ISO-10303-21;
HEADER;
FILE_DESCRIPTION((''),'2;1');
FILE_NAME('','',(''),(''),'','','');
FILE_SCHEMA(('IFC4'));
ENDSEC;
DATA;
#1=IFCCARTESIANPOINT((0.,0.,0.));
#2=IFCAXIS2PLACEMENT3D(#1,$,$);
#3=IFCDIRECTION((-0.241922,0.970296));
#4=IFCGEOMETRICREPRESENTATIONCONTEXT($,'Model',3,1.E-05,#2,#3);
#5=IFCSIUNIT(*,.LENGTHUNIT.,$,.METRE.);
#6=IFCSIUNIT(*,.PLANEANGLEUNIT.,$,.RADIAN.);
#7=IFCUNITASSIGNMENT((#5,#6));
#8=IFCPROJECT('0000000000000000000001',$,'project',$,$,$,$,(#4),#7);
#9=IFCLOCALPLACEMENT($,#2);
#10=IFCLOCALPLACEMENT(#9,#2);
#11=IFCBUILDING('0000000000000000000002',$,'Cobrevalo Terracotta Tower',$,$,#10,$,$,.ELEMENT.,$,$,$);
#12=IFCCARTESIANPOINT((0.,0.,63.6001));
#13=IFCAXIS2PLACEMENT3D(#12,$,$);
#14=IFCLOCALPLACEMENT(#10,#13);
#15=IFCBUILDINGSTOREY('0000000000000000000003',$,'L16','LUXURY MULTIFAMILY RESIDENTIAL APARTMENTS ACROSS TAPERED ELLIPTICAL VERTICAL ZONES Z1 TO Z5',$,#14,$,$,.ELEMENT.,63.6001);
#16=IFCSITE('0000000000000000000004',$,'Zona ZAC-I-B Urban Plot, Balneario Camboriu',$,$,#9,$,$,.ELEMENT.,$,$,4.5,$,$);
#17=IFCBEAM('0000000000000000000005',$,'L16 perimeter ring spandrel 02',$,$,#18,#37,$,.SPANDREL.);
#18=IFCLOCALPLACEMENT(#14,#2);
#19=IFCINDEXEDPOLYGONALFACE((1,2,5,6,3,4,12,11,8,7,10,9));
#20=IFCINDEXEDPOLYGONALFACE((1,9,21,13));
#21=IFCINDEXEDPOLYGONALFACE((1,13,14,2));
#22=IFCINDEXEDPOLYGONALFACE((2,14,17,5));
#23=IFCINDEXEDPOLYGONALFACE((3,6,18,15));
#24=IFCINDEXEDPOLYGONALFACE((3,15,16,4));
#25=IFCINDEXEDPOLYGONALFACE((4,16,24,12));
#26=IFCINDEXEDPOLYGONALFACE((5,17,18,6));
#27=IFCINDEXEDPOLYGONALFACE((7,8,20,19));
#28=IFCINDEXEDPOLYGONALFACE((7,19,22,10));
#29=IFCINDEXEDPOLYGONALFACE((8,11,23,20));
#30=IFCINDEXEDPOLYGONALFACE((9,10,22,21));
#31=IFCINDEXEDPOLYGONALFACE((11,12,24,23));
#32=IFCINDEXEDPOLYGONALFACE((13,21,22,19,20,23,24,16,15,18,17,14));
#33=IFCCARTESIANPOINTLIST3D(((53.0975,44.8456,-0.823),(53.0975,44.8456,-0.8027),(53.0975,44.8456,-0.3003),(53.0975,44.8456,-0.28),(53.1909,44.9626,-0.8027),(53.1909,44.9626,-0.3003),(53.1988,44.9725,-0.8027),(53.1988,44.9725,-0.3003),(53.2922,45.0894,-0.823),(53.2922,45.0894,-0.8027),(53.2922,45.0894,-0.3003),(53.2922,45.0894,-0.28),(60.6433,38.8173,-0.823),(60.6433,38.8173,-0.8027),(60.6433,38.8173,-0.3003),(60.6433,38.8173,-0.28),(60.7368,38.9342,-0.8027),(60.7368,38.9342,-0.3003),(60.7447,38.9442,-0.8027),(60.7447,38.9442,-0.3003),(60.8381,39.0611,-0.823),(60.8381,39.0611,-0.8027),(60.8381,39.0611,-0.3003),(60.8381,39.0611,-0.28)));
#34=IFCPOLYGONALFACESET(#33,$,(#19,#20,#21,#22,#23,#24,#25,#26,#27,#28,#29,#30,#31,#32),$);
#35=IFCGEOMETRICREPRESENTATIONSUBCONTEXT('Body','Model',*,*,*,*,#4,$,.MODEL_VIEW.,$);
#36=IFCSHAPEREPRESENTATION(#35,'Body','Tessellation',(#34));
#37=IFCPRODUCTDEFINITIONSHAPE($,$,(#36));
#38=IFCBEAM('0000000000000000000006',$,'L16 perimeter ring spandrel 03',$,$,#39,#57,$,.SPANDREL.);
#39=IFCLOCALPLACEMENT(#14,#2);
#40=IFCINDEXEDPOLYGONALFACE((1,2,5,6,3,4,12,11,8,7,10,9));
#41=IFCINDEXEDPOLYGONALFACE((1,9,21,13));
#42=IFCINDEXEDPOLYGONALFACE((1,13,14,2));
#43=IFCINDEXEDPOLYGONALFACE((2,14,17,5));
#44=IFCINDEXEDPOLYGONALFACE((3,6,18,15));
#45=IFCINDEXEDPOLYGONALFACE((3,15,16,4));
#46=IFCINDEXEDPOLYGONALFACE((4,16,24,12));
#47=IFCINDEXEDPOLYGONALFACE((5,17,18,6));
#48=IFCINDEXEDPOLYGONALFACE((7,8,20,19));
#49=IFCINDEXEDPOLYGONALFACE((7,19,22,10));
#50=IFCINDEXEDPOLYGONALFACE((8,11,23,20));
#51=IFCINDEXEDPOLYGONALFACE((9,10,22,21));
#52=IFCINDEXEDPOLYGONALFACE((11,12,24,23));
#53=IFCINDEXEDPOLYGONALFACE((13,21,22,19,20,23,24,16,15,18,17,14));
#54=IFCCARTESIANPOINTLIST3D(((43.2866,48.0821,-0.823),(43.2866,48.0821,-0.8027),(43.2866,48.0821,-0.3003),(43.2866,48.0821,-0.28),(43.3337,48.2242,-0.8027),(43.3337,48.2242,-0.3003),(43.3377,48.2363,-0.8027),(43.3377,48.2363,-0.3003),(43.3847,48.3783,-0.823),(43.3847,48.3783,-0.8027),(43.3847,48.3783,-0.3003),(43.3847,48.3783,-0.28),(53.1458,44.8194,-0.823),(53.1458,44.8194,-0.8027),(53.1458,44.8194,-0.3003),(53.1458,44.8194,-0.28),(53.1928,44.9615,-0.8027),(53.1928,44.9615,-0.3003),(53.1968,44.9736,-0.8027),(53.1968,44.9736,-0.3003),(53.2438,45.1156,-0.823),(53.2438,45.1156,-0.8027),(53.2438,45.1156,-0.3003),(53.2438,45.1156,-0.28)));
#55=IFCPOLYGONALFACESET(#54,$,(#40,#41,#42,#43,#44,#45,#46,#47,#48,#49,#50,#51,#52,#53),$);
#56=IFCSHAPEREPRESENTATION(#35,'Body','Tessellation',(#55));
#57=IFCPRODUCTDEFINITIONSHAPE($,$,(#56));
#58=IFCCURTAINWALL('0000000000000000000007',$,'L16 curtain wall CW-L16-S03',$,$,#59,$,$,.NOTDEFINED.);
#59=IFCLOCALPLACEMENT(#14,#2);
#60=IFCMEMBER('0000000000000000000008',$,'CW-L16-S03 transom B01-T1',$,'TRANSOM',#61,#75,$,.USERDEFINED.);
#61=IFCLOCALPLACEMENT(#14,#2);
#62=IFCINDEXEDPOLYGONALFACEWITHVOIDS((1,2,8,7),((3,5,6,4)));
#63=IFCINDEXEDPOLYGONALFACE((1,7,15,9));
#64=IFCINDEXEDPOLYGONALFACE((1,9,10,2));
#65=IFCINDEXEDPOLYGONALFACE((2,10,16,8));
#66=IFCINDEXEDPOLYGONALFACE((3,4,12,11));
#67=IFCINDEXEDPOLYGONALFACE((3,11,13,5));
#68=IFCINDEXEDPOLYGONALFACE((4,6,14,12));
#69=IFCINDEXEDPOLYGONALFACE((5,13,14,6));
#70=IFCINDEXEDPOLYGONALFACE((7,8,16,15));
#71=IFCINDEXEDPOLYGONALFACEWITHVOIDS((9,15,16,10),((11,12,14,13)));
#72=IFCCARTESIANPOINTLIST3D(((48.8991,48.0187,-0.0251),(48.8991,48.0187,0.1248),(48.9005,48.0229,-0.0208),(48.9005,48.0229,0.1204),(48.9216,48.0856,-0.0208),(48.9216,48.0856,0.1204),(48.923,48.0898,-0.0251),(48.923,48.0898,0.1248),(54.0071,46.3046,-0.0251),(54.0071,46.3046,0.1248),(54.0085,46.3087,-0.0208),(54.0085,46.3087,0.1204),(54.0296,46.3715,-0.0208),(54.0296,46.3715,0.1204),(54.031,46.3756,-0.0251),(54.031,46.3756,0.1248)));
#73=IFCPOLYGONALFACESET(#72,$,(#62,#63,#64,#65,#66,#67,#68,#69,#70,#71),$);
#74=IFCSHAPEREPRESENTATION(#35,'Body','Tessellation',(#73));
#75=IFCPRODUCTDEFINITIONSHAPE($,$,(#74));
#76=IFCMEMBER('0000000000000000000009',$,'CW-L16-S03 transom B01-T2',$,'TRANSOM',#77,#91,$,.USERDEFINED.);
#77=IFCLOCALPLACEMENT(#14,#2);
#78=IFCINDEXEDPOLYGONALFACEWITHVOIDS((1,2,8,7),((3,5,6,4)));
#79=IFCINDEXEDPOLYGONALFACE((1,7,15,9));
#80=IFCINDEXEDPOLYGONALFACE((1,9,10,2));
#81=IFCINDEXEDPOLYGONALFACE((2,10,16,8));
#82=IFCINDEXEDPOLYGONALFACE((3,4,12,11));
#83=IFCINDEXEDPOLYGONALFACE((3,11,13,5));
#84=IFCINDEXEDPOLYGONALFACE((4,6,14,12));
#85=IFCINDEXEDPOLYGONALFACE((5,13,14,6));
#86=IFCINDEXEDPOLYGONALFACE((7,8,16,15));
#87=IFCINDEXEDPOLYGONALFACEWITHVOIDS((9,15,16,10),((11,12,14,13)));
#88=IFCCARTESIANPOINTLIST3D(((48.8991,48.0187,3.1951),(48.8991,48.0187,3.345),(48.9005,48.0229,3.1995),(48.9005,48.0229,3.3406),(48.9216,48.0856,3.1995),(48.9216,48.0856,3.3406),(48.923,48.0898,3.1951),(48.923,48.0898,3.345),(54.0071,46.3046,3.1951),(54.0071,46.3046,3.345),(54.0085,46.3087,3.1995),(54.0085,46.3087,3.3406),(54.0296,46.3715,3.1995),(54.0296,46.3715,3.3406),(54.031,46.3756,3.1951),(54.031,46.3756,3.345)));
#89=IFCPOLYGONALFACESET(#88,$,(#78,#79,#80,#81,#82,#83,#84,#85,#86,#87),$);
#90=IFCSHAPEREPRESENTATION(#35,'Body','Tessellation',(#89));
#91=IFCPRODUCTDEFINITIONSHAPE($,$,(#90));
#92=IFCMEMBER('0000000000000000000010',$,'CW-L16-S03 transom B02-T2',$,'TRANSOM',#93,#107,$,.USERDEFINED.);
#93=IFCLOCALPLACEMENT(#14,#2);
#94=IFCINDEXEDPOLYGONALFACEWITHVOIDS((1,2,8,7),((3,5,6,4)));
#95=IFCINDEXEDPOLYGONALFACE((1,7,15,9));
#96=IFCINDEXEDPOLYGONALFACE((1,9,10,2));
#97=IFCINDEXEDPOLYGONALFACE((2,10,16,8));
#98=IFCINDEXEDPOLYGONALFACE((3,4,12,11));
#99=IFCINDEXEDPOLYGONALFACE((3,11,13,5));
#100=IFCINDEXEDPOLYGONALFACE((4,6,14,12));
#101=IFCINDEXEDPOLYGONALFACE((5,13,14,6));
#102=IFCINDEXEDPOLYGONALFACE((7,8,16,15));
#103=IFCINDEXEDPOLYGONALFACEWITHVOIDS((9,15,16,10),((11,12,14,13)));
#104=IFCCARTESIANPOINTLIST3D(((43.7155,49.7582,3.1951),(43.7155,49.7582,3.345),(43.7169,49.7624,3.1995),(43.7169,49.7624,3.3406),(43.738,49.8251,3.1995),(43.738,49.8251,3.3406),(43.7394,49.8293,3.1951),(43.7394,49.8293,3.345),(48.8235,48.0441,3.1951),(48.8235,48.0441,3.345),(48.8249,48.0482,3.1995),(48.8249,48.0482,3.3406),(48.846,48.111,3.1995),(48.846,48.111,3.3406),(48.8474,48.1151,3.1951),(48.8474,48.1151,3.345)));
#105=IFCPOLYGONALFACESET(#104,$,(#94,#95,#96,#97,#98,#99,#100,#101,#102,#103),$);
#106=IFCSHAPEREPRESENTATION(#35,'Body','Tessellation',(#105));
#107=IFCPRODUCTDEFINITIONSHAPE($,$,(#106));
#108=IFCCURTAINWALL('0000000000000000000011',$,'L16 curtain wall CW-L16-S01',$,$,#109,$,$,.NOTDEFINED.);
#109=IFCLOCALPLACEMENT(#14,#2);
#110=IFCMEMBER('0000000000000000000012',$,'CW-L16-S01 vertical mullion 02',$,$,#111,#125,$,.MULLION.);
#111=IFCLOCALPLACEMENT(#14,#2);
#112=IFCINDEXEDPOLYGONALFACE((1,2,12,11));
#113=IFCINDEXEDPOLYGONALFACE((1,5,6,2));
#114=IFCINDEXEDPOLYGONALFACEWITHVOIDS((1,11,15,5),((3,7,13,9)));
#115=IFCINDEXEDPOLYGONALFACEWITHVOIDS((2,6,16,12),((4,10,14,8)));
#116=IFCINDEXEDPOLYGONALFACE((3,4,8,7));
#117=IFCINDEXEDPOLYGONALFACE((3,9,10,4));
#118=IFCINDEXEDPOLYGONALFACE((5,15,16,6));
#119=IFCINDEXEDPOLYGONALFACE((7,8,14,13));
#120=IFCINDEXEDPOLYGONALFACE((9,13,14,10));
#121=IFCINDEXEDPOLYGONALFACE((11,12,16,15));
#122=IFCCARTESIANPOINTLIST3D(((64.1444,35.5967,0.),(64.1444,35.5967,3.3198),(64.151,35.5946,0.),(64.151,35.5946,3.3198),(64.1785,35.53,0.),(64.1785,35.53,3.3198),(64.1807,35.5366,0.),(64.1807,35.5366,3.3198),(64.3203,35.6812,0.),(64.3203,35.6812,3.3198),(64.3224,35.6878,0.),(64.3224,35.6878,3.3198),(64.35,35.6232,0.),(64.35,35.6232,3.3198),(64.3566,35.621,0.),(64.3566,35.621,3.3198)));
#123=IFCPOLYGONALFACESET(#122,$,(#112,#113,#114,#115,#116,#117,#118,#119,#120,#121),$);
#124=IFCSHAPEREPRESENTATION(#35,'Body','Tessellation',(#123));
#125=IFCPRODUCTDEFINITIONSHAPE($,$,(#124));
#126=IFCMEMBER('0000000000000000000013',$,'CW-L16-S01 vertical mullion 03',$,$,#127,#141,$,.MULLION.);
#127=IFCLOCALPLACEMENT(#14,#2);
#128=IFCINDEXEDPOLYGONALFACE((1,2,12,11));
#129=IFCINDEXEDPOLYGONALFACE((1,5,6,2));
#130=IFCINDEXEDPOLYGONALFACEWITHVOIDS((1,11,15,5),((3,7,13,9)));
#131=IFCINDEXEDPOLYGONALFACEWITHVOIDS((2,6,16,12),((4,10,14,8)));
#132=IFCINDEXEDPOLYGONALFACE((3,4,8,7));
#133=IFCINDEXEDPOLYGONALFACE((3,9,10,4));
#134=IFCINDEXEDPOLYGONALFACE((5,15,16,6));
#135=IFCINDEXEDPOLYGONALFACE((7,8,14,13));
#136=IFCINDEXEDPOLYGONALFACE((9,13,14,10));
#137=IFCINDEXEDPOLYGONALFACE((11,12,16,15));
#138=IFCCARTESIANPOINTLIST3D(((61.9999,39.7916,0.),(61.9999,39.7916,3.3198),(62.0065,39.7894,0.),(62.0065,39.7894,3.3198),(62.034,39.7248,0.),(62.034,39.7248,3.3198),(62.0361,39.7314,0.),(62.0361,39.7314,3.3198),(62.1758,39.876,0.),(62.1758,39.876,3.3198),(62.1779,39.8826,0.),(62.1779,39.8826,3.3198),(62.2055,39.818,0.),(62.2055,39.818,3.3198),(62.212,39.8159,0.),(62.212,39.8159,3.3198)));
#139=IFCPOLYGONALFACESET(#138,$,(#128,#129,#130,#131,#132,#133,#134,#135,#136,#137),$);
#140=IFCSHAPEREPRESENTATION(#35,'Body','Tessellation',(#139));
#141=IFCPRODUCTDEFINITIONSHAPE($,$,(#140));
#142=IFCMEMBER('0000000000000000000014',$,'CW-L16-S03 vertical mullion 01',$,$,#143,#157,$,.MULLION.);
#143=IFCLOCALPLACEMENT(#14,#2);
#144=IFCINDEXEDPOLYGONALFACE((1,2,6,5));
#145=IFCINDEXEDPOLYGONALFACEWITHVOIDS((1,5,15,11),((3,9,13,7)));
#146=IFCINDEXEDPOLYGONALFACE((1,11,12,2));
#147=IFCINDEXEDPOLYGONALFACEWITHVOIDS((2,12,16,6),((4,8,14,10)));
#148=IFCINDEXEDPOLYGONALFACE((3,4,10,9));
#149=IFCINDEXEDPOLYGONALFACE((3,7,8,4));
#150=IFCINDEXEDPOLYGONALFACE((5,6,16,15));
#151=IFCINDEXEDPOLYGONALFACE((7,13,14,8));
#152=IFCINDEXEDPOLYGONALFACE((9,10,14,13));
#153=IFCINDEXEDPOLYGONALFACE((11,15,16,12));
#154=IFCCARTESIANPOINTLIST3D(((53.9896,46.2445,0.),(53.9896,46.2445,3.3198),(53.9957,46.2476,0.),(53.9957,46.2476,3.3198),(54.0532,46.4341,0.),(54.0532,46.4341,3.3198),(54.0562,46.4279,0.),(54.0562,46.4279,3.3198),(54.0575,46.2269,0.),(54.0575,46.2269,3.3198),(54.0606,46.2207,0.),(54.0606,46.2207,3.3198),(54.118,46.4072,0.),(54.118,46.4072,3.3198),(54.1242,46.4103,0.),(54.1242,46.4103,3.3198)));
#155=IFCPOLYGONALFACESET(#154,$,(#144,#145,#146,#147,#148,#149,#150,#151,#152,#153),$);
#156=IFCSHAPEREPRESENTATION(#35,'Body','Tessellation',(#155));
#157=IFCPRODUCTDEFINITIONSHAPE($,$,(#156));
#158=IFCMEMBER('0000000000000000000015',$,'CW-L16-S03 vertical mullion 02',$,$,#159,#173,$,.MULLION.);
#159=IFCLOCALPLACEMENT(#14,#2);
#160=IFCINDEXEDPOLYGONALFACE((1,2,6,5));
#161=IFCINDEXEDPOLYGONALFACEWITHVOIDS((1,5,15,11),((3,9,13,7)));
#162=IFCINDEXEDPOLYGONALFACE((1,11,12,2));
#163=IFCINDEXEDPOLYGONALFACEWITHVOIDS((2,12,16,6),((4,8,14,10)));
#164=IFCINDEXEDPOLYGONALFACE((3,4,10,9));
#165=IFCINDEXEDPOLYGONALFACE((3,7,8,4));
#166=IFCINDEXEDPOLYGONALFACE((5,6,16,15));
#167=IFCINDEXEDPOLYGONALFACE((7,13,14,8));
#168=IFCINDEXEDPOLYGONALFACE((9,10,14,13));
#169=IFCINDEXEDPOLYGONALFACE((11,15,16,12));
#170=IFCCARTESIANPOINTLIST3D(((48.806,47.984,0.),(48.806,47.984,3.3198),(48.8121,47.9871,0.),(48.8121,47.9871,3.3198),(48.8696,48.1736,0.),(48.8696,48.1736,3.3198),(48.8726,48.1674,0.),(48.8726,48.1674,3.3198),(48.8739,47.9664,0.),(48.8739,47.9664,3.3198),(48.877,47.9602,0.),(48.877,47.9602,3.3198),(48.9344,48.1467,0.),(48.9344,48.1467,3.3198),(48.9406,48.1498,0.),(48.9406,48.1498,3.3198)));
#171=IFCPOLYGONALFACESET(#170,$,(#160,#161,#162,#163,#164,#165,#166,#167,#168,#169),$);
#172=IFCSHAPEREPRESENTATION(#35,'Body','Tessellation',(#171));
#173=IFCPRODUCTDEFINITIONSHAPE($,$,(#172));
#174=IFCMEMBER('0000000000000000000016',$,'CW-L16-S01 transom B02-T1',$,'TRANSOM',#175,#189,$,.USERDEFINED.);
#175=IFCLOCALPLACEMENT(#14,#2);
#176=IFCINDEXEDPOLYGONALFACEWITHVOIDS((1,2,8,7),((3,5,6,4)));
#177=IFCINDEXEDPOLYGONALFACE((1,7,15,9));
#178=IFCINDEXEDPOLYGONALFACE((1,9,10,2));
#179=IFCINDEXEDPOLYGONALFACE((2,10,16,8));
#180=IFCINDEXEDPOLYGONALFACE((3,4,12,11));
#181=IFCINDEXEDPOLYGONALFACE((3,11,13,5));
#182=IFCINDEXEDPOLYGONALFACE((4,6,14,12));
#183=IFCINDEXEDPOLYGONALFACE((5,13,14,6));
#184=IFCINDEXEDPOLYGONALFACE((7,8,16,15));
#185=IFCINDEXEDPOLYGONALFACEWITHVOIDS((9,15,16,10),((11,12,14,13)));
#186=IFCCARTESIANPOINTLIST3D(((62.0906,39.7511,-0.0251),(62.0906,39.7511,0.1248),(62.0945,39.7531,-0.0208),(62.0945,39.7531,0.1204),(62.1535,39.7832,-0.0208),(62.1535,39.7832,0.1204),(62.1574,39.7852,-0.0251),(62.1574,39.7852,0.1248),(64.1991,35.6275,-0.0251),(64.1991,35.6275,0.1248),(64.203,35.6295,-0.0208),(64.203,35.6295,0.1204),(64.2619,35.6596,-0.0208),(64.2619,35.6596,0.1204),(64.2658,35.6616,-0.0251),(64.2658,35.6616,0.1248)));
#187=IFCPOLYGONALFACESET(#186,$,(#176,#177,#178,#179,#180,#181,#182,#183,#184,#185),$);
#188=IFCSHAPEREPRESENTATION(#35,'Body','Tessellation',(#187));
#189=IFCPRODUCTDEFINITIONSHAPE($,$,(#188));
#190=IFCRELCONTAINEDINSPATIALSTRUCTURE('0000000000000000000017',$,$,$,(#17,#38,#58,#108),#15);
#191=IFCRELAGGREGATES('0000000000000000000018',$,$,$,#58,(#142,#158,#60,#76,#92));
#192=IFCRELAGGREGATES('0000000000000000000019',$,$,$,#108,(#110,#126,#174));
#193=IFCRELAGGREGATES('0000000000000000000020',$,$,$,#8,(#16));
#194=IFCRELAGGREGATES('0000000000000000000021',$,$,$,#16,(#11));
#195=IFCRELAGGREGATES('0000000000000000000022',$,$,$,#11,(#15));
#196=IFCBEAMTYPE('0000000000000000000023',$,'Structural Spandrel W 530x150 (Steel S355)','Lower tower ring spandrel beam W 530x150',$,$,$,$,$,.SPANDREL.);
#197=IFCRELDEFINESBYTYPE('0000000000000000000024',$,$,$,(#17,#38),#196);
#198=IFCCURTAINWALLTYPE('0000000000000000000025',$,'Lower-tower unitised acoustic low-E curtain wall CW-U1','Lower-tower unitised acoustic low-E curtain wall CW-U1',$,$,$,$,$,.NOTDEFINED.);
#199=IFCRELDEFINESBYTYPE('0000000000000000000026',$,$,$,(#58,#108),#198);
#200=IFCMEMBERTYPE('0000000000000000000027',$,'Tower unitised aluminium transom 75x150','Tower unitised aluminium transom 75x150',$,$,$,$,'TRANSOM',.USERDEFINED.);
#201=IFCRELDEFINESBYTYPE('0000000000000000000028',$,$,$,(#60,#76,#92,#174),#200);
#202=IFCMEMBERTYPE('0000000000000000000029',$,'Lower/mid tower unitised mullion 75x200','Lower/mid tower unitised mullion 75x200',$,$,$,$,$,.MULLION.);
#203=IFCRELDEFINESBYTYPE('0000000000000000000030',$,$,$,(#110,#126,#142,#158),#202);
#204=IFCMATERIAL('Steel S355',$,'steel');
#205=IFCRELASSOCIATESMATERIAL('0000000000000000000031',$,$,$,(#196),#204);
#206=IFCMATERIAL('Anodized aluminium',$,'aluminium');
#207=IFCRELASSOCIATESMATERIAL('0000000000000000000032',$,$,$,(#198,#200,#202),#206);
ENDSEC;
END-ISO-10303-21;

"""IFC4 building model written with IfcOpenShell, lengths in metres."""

from ifc_helpers import new_model, si_unit, direction, frame, origin, origin_2d, place, context, subcontext, project, spatial, hollow_rectangle, i_section, extrude, source, transform, mapped, material, material_profile, profile_set, type_object, element, aggregate, save


model = new_model("IFC4")

# Units and contexts
model_context = context("Model", 3, precision=1e-05, world=origin(), true_north=direction((-0.241922, 0.970296)))
body_context = subcontext(model_context, "Body", "Model", "MODEL_VIEW")
ifc_project = project(units=[si_unit("LENGTHUNIT", "METRE"), si_unit("PLANEANGLEUNIT", "RADIAN")], contexts=[model_context])

# Site, building, storey
site_placement = place(None, origin())
site = spatial("IfcSite", under=ifc_project, at=site_placement, Name="Zona ZAC-I-B Urban Plot, Balneario Camboriu", CompositionType="ELEMENT", RefElevation=4.5)
building_placement = place(site_placement, origin())
building = spatial("IfcBuilding", under=site, at=building_placement, Name="Cobrevalo Terracotta Tower", CompositionType="ELEMENT")
storey_placement = place(building_placement, frame((0.0, 0.0, 63.6001)))
storey = spatial("IfcBuildingStorey", under=building, at=storey_placement, Name="L16", Description="LUXURY MULTIFAMILY RESIDENTIAL APARTMENTS ACROSS TAPERED ELLIPTICAL VERTICAL ZONES Z1 TO Z5", CompositionType="ELEMENT", Elevation=63.6001)

# Shared definitions
ifc_material_1 = material(Name="Steel S355", Category="steel")

# Beams
ifc_material_profile_1 = material_profile(ifc_material_1, i_section(OverallWidth=0.312, OverallDepth=0.543, WebThickness=0.0127, FlangeThickness=0.0203, at=origin_2d()), Name="W 530x150")
ifc_profile_set_1 = profile_set([ifc_material_profile_1], Name="Steel S355")
beam_type_1 = type_object("IfcBeamType", Name="Structural Spandrel W 530x150 (Steel S355)", Description="Lower tower ring spandrel beam W 530x150", PredefinedType="SPANDREL", material=ifc_profile_set_1)
beam_1_placement = place(storey_placement, frame((60.7407, 38.9392, -0.5515), z_axis=(-0.781293, 0.624165, 0.0), x_axis=(-0.624165, -0.781293, 0.0)))
element("IfcBeam", 1, at=beam_1_placement, inside=storey, type_object=beam_type_1, Name="L16 perimeter ring spandrel 02", PredefinedType="SPANDREL", context=body_context, shape_type="SweptSolid", body=[
    extrude(i_section(OverallWidth=0.312, OverallDepth=0.543, WebThickness=0.0127, FlangeThickness=0.0203, at=origin_2d()), origin(), (0.0, 0.0, 1.0), 9.6582),
])
beam_2_placement = place(storey_placement, frame((53.1948, 44.9675, -0.5515), z_axis=(-0.949365, 0.314175, 0.0), x_axis=(-0.314175, -0.949365, 0.0)))
element("IfcBeam", 2, at=beam_2_placement, inside=storey, type_object=beam_type_1, Name="L16 perimeter ring spandrel 03", PredefinedType="SPANDREL", context=body_context, shape_type="SweptSolid", body=[
    extrude(i_section(OverallWidth=0.312, OverallDepth=0.543, WebThickness=0.0127, FlangeThickness=0.0203, at=origin_2d()), origin(), (0.0, 0.0, 1.0), 10.385),
])

# Curtain walls, members
ifc_material_2 = material(Name="Anodized aluminium", Category="aluminium")
curtain_wall_type = type_object("IfcCurtainWallType", Name="Lower-tower unitised acoustic low-E curtain wall CW-U1", Description="Lower-tower unitised acoustic low-E curtain wall CW-U1", PredefinedType="NOTDEFINED", material=ifc_material_2)
curtain_wall_1_placement = place(storey_placement, origin())
curtain_wall_1 = element("IfcCurtainWall", 3, at=curtain_wall_1_placement, inside=storey, type_object=curtain_wall_type, Name="L16 curtain wall CW-L16-S03", PredefinedType="NOTDEFINED")
ifc_material_profile_2 = material_profile(ifc_material_2, hollow_rectangle(XDim=0.075, YDim=0.1499, WallThickness=0.0044, at=origin_2d()), Name="CWT 75x150")
ifc_profile_set_2 = profile_set([ifc_material_profile_2], Name="Anodized aluminium")
member_type_1 = type_object("IfcMemberType", Name="Tower unitised aluminium transom 75x150", Description="Tower unitised aluminium transom 75x150", ElementType="TRANSOM", PredefinedType="USERDEFINED", material=ifc_profile_set_2)
shared_shape_1 = source(origin(), body_context, "Body", "SweptSolid", [
    extrude(hollow_rectangle(XDim=0.075, YDim=0.1499, WallThickness=0.0044, at=origin_2d()), origin(), (0.0, 0.0, 1.0), 5.3879),
])
member_1_placement = place(storey_placement, frame((54.019, 46.3401, 0.0498), z_axis=(-0.948042, 0.318144, 0.0), x_axis=(-0.318144, -0.948042, 0.0)))
member_1 = element("IfcMember", 4, at=member_1_placement, type_object=member_type_1, Name="CW-L16-S03 transom B01-T1", ObjectType="TRANSOM", PredefinedType="USERDEFINED", context=body_context, shape_type="MappedRepresentation", body=[
    mapped(shared_shape_1, transform((0.0, 0.0, 0.0), scale=1.0)),
])
member_2_placement = place(storey_placement, frame((54.019, 46.3401, 3.27), z_axis=(-0.948042, 0.318144, 0.0), x_axis=(-0.318144, -0.948042, 0.0)))
member_2 = element("IfcMember", 5, at=member_2_placement, type_object=member_type_1, Name="CW-L16-S03 transom B01-T2", ObjectType="TRANSOM", PredefinedType="USERDEFINED", context=body_context, shape_type="MappedRepresentation", body=[
    mapped(shared_shape_1, transform((0.0, 0.0, 0.0), scale=1.0)),
])
member_3_placement = place(storey_placement, frame((48.8354, 48.0796, 3.27), z_axis=(-0.948042, 0.318144, 0.0), x_axis=(-0.318144, -0.948042, 0.0)))
member_3 = element("IfcMember", 6, at=member_3_placement, type_object=member_type_1, Name="CW-L16-S03 transom B02-T2", ObjectType="TRANSOM", PredefinedType="USERDEFINED", context=body_context, shape_type="MappedRepresentation", body=[
    mapped(shared_shape_1, transform((0.0, 0.0, 0.0), scale=1.0)),
])
curtain_wall_2_placement = place(storey_placement, origin())
curtain_wall_2 = element("IfcCurtainWall", 7, at=curtain_wall_2_placement, inside=storey, type_object=curtain_wall_type, Name="L16 curtain wall CW-L16-S01", PredefinedType="NOTDEFINED")
ifc_material_profile_3 = material_profile(ifc_material_2, hollow_rectangle(XDim=0.075, YDim=0.2, WallThickness=0.0049, at=origin_2d()), Name="CWM 75x200")
ifc_profile_set_3 = profile_set([ifc_material_profile_3], Name="Anodized aluminium")
member_type_2 = type_object("IfcMemberType", Name="Lower/mid tower unitised mullion 75x200", Description="Lower/mid tower unitised mullion 75x200", PredefinedType="MULLION", material=ifc_profile_set_3)
shared_shape_2 = source(origin(), body_context, "Body", "SweptSolid", [
    extrude(hollow_rectangle(XDim=0.075, YDim=0.2, WallThickness=0.0049, at=origin_2d()), origin(), (0.0, 0.0, 1.0), 3.3198),
])
member_4_placement = place(storey_placement, frame((64.2505, 35.6089, 0.0), z_axis=(0.0, 0.0, 1.0), x_axis=(-0.455234, 0.890372, 0.0)))
member_4 = element("IfcMember", 8, at=member_4_placement, type_object=member_type_2, Name="CW-L16-S01 vertical mullion 02", PredefinedType="MULLION", context=body_context, shape_type="MappedRepresentation", body=[
    mapped(shared_shape_2, transform((0.0, 0.0, 0.0), scale=1.0)),
])
member_5_placement = place(storey_placement, frame((62.106, 39.8037, 0.0), z_axis=(0.0, 0.0, 1.0), x_axis=(-0.455234, 0.890372, 0.0)))
member_5 = element("IfcMember", 9, at=member_5_placement, type_object=member_type_2, Name="CW-L16-S01 vertical mullion 03", PredefinedType="MULLION", context=body_context, shape_type="MappedRepresentation", body=[
    mapped(shared_shape_2, transform((0.0, 0.0, 0.0), scale=1.0)),
])

# Members
member_6_placement = place(storey_placement, frame((54.0569, 46.3274, 0.0), z_axis=(0.0, 0.0, 1.0), x_axis=(-0.948046, 0.318132, 0.0)))
member_6 = element("IfcMember", 10, at=member_6_placement, type_object=member_type_2, Name="CW-L16-S03 vertical mullion 01", PredefinedType="MULLION", context=body_context, shape_type="MappedRepresentation", body=[
    mapped(shared_shape_2, transform((0.0, 0.0, 0.0), scale=1.0)),
])
member_7_placement = place(storey_placement, frame((48.8733, 48.0669, 0.0), z_axis=(0.0, 0.0, 1.0), x_axis=(-0.948046, 0.318132, 0.0)))
member_7 = element("IfcMember", 11, at=member_7_placement, type_object=member_type_2, Name="CW-L16-S03 vertical mullion 02", PredefinedType="MULLION", context=body_context, shape_type="MappedRepresentation", body=[
    mapped(shared_shape_2, transform((0.0, 0.0, 0.0), scale=1.0)),
])
shared_shape_3 = source(origin(), body_context, "Body", "SweptSolid", [
    extrude(hollow_rectangle(XDim=0.075, YDim=0.1499, WallThickness=0.0044, at=origin_2d()), origin(), (0.0, 0.0, 1.0), 4.6313),
])
member_8_placement = place(storey_placement, frame((64.2324, 35.6445, 0.0498), z_axis=(-0.45525, 0.890363, 0.0), x_axis=(-0.890363, -0.45525, 0.0)))
member_8 = element("IfcMember", 12, at=member_8_placement, type_object=member_type_1, Name="CW-L16-S01 transom B02-T1", ObjectType="TRANSOM", PredefinedType="USERDEFINED", context=body_context, shape_type="MappedRepresentation", body=[
    mapped(shared_shape_3, transform((0.0, 0.0, 0.0), scale=1.0)),
])

aggregate(curtain_wall_1, [member_6, member_7, member_1, member_2, member_3])
aggregate(curtain_wall_2, [member_4, member_5, member_8])

save(model, "model.ifc")
